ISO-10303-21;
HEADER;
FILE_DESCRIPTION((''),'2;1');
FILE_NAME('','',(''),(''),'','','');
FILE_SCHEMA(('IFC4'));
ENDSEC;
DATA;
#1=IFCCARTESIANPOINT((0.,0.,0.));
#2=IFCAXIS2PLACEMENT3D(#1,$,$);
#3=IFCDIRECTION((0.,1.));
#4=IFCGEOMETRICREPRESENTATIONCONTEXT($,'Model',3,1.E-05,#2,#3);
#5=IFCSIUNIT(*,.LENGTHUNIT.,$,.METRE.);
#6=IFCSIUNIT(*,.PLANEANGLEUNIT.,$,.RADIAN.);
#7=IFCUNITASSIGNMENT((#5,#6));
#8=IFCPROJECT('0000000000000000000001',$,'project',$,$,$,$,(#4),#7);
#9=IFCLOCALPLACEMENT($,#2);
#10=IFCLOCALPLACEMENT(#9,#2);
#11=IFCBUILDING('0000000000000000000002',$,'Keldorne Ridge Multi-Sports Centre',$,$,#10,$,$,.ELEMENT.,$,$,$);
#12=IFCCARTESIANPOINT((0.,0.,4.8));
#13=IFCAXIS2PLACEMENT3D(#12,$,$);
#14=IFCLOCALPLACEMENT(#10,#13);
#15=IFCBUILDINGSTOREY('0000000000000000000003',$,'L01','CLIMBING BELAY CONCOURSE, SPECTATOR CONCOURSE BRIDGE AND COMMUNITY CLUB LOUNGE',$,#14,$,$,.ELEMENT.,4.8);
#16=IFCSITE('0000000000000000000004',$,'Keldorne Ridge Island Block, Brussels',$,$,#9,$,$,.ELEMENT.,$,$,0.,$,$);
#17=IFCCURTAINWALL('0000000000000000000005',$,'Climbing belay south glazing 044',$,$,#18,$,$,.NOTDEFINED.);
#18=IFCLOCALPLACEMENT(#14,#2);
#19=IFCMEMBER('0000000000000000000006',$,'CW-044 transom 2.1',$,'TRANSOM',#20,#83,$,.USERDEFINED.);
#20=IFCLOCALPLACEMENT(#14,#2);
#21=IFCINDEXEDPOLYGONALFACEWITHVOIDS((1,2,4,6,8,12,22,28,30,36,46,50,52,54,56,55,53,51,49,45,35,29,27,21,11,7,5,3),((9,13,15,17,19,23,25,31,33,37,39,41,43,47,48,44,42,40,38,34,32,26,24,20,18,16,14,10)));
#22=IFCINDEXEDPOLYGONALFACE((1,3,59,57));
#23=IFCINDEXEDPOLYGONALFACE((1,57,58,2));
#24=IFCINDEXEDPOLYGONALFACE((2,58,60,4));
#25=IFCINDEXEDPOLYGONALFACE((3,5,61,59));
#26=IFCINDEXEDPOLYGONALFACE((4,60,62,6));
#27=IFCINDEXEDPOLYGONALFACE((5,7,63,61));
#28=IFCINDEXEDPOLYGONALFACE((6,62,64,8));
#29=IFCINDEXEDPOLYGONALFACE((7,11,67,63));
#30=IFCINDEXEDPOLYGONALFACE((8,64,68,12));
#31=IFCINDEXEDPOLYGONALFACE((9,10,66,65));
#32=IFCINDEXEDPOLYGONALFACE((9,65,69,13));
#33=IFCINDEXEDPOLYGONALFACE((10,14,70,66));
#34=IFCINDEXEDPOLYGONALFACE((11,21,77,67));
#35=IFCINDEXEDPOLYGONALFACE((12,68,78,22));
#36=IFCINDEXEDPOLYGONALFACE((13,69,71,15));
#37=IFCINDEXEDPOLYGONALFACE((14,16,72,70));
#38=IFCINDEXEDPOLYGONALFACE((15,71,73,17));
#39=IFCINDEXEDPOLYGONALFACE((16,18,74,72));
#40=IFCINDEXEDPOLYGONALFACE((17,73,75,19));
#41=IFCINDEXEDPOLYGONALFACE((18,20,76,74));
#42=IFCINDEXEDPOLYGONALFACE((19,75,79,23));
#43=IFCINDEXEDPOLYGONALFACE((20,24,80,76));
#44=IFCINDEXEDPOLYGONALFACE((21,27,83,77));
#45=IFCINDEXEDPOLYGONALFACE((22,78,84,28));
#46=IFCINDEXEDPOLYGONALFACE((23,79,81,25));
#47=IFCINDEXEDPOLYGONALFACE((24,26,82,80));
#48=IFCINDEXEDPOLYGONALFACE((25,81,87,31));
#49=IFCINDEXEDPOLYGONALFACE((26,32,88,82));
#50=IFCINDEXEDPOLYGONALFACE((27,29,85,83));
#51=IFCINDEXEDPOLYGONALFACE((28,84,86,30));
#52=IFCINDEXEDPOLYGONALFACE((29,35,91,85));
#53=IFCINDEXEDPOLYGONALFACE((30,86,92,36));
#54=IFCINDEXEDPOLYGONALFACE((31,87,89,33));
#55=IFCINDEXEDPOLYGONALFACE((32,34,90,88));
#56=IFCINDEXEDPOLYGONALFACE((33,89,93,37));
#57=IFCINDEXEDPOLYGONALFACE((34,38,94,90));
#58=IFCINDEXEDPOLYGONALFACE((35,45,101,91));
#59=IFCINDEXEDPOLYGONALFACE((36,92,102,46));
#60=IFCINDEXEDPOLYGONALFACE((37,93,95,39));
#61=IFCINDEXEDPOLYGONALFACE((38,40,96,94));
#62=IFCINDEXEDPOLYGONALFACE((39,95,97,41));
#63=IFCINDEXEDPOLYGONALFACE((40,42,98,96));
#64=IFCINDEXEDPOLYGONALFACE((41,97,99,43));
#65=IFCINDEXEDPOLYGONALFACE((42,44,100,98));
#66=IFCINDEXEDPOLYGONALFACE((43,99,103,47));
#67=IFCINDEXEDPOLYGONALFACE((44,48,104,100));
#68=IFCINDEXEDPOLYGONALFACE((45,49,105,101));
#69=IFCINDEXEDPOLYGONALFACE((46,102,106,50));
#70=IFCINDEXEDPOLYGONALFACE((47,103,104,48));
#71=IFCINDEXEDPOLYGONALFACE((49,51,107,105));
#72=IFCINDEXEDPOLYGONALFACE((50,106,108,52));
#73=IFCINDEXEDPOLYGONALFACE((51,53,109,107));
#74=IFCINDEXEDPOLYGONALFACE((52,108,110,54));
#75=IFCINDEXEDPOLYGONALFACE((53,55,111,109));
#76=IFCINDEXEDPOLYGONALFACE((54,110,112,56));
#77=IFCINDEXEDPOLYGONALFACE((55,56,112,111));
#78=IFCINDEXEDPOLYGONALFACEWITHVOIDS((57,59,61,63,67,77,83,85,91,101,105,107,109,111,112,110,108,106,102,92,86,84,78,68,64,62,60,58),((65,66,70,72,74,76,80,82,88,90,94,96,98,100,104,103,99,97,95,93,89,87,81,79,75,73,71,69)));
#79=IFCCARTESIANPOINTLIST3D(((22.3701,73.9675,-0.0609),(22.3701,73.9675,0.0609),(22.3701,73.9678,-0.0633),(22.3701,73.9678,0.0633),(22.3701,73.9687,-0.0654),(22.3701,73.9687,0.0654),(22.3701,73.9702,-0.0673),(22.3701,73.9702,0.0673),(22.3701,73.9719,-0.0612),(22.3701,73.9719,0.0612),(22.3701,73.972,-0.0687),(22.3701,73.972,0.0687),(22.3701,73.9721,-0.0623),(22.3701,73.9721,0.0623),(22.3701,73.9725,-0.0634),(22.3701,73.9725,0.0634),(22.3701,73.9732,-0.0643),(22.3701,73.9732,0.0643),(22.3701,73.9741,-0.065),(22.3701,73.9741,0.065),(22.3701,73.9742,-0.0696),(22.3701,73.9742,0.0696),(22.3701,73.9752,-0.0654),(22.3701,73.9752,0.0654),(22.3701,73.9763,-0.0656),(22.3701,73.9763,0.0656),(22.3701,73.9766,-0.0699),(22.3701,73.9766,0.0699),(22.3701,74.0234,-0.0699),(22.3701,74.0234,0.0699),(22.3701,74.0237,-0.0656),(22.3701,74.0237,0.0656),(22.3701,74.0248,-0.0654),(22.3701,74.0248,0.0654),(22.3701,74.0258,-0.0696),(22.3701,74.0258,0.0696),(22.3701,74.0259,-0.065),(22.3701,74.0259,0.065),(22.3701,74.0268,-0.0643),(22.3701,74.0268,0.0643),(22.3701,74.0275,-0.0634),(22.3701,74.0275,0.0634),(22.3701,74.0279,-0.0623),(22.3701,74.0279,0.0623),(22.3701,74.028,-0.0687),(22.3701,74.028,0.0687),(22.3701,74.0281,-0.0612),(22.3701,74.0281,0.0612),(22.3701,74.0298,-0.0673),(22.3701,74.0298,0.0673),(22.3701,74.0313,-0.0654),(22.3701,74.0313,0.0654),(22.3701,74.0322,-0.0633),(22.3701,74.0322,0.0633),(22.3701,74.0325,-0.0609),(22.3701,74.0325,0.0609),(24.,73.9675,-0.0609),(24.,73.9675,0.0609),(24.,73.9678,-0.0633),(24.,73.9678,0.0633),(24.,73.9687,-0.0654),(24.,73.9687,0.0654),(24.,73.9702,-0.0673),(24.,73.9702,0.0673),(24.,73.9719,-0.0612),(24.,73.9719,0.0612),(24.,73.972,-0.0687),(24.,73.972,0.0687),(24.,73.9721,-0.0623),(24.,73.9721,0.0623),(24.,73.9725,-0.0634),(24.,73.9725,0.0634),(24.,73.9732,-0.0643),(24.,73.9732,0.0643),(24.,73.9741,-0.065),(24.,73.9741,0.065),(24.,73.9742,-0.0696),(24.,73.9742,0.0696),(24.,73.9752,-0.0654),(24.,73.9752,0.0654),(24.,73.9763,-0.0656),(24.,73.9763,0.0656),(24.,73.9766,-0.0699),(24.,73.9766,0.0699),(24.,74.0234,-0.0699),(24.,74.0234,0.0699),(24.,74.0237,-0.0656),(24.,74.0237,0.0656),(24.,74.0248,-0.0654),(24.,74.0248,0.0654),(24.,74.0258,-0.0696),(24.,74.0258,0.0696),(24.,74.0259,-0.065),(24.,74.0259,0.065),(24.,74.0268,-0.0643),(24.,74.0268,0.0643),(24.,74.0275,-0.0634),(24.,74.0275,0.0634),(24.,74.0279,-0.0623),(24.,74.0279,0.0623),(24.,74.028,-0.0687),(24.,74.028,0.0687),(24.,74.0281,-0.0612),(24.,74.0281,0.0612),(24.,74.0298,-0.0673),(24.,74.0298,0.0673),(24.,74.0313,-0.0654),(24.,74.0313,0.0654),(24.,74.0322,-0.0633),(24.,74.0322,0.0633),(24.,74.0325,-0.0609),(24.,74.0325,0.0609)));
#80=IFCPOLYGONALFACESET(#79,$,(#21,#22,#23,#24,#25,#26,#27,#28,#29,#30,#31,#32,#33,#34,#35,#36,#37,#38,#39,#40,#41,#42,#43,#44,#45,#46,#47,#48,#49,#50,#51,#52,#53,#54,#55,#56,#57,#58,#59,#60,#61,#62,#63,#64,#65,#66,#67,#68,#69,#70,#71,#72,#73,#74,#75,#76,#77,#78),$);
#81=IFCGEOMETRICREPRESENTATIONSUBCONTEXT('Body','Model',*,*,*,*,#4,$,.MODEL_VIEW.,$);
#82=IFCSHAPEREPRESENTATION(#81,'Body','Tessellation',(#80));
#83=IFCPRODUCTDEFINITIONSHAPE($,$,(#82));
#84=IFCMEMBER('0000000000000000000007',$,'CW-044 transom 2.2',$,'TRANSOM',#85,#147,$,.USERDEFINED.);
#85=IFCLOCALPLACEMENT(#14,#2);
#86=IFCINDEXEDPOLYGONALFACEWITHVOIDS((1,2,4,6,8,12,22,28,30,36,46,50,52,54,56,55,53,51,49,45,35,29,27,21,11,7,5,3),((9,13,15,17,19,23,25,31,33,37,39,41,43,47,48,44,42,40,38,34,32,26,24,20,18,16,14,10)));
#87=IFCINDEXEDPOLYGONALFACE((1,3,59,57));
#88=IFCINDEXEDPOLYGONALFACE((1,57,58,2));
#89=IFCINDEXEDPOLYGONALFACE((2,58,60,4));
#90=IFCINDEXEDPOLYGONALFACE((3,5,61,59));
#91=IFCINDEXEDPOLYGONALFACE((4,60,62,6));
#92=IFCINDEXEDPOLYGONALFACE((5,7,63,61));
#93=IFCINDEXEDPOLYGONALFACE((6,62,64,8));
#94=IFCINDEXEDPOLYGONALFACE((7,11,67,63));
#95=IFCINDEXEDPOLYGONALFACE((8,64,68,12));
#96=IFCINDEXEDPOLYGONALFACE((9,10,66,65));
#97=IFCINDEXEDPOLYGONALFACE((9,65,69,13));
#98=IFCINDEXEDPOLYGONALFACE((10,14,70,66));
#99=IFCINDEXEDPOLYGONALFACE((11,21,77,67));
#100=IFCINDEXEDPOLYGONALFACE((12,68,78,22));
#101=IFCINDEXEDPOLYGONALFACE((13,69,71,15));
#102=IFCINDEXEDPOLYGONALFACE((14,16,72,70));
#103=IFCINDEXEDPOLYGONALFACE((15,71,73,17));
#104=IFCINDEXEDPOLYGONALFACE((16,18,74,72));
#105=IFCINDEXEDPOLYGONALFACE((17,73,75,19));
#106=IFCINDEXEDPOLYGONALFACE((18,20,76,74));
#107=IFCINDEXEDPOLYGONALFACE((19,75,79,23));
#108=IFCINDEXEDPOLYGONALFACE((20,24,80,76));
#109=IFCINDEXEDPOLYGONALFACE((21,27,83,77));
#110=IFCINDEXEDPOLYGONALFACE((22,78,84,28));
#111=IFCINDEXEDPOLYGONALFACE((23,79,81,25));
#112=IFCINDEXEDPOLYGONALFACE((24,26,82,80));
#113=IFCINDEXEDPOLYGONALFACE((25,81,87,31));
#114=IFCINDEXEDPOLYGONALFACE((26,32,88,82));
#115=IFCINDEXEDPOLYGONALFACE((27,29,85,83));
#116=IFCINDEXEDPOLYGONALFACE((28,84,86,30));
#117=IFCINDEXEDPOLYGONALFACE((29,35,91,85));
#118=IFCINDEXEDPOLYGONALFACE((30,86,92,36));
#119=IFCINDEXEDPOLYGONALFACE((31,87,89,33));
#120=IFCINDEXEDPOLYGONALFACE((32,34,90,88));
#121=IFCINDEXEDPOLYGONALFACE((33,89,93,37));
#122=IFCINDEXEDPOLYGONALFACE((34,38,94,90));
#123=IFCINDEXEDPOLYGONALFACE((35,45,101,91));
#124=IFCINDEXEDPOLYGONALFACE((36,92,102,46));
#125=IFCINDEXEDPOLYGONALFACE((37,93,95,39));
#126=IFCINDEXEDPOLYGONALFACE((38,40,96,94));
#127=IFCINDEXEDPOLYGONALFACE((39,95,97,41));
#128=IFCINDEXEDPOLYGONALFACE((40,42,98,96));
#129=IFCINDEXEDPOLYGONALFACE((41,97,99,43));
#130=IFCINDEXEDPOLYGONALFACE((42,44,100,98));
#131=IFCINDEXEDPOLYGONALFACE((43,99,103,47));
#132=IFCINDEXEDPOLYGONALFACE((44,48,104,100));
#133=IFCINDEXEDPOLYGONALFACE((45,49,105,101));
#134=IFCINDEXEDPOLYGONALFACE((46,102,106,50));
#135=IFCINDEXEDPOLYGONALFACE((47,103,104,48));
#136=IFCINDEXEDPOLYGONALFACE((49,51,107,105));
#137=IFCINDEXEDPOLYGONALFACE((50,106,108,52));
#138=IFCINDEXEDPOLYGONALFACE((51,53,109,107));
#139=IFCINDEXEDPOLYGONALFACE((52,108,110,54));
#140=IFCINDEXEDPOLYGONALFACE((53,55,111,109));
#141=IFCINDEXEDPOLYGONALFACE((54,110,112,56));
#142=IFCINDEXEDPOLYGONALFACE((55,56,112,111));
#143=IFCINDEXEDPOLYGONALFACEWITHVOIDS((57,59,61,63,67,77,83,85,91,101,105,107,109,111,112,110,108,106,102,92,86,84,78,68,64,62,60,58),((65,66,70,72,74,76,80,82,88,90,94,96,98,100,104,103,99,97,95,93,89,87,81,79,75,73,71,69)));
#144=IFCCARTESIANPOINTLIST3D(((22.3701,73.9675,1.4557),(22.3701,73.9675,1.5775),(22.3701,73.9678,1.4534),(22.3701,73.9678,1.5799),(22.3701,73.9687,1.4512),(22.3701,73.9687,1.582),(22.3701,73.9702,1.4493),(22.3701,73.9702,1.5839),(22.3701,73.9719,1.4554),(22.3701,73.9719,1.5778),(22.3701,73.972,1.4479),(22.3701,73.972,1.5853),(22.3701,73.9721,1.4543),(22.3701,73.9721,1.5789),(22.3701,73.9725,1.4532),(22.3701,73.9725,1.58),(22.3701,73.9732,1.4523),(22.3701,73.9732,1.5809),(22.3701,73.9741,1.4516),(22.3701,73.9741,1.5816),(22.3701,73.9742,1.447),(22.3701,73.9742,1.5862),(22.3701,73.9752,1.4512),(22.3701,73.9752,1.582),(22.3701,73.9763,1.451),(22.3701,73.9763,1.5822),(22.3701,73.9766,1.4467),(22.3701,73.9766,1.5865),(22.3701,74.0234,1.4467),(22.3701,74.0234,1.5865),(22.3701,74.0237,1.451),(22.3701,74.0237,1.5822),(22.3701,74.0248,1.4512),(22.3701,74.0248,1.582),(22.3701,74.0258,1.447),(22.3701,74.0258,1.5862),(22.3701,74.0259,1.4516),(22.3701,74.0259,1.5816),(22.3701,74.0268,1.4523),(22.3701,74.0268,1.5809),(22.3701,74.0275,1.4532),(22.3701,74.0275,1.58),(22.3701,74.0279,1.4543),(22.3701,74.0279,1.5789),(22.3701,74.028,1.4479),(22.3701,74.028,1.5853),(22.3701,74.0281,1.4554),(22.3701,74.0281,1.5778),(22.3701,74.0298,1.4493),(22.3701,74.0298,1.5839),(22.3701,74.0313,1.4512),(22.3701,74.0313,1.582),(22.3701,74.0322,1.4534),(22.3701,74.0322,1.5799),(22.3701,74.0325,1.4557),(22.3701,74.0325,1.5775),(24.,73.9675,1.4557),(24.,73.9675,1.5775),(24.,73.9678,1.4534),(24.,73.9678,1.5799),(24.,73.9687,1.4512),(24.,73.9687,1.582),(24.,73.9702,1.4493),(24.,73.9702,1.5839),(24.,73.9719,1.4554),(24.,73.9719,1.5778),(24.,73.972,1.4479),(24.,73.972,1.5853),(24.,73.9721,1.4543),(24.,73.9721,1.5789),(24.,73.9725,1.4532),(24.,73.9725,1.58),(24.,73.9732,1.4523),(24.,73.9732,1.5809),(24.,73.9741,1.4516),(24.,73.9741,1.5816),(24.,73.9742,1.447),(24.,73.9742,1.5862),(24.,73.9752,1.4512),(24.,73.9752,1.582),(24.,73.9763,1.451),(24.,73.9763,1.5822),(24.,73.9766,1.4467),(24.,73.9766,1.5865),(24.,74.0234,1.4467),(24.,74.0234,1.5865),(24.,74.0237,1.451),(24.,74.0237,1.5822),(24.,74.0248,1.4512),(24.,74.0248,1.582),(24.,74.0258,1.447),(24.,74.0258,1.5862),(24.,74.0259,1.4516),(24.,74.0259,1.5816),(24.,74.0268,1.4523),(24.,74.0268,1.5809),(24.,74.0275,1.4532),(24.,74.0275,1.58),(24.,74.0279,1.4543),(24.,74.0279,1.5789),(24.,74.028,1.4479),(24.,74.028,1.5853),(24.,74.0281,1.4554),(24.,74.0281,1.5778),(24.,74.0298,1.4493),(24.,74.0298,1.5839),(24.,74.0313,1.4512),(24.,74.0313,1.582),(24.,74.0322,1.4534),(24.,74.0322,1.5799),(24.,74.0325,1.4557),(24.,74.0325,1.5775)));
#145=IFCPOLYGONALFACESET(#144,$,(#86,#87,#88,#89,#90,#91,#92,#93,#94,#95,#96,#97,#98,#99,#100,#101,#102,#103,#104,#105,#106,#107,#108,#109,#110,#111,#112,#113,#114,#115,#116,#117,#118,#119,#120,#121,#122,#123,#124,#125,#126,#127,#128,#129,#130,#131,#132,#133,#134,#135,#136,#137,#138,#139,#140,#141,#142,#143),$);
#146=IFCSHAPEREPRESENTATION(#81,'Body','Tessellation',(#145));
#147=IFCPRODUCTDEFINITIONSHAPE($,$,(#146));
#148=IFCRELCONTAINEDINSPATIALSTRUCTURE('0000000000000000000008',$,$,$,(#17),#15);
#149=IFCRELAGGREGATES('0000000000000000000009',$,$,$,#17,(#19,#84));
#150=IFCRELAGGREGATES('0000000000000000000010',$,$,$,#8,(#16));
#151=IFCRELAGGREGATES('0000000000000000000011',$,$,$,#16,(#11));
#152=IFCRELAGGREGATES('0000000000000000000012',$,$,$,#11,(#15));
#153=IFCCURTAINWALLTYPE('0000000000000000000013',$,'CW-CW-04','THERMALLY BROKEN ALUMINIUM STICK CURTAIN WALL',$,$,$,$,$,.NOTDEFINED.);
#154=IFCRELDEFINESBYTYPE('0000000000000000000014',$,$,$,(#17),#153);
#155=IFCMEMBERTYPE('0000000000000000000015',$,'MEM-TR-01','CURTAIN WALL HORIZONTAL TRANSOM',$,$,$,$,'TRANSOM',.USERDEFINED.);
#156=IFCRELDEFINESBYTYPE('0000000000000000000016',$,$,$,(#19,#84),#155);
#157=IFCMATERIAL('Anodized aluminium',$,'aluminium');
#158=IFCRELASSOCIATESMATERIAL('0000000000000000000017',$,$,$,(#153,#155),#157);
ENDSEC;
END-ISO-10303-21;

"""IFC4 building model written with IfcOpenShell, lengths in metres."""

from ifc_helpers import new_model, si_unit, direction, frame, origin, origin_2d, place, context, subcontext, project, spatial, hollow_rectangle, extrude, material, material_profile, profile_set, type_object, element, aggregate, save


model = new_model("IFC4")

# Units and contexts
model_context = context("Model", 3, precision=1e-05, world=origin(), true_north=direction((0.0, 1.0)))
body_context = subcontext(model_context, "Body", "Model", "MODEL_VIEW")
ifc_project = project(units=[si_unit("LENGTHUNIT", "METRE"), si_unit("PLANEANGLEUNIT", "RADIAN")], contexts=[model_context])

# Site, building, storey
site_placement = place(None, origin())
site = spatial("IfcSite", under=ifc_project, at=site_placement, Name="Keldorne Ridge Island Block, Brussels", CompositionType="ELEMENT", RefElevation=0.0)
building_placement = place(site_placement, origin())
building = spatial("IfcBuilding", under=site, at=building_placement, Name="Keldorne Ridge Multi-Sports Centre", CompositionType="ELEMENT")
storey_placement = place(building_placement, frame((0.0, 0.0, 4.8)))
storey = spatial("IfcBuildingStorey", under=building, at=storey_placement, Name="L01", Description="CLIMBING BELAY CONCOURSE, SPECTATOR CONCOURSE BRIDGE AND COMMUNITY CLUB LOUNGE", CompositionType="ELEMENT", Elevation=4.8)

# Curtain wall
ifc_material_1 = material(Name="Anodized aluminium", Category="aluminium")
curtain_wall_type_1 = type_object("IfcCurtainWallType", Name="CW-CW-04", Description="THERMALLY BROKEN ALUMINIUM STICK CURTAIN WALL", PredefinedType="NOTDEFINED", material=ifc_material_1)
curtain_wall_1_placement = place(storey_placement, origin())
curtain_wall_1 = element("IfcCurtainWall", 1, at=curtain_wall_1_placement, inside=storey, type_object=curtain_wall_type_1, Name="Climbing belay south glazing 044", PredefinedType="NOTDEFINED")

# Members
ifc_material_profile_1 = material_profile(ifc_material_1, hollow_rectangle(XDim=0.0649, YDim=0.1399, WallThickness=0.0044, InnerFilletRadius=0.0044, OuterFilletRadius=0.009, at=origin_2d()), Name="ALU TRANSOM 140x65x4.5")
ifc_profile_set_1 = profile_set([ifc_material_profile_1], Name="Anodized aluminium")
member_type_1 = type_object("IfcMemberType", Name="MEM-TR-01", Description="CURTAIN WALL HORIZONTAL TRANSOM", ElementType="TRANSOM", PredefinedType="USERDEFINED", material=ifc_profile_set_1)
member_1_placement = place(storey_placement, frame((22.3701, 74.0, 0.0), z_axis=(1.0, 0.0, 0.0), x_axis=(0.0, 1.0, 0.0)))
member_1 = element("IfcMember", 2, at=member_1_placement, type_object=member_type_1, Name="CW-044 transom 2.1", ObjectType="TRANSOM", PredefinedType="USERDEFINED", context=body_context, shape_type="SweptSolid", body=[
    extrude(hollow_rectangle(XDim=0.0649, YDim=0.1399, WallThickness=0.0044, InnerFilletRadius=0.0044, OuterFilletRadius=0.009, at=origin_2d()), origin(), (0.0, 0.0, 1.0), 1.6299),
])
member_2_placement = place(storey_placement, frame((22.3701, 74.0, 1.5166), z_axis=(1.0, 0.0, 0.0), x_axis=(0.0, 1.0, 0.0)))
member_2 = element("IfcMember", 3, at=member_2_placement, type_object=member_type_1, Name="CW-044 transom 2.2", ObjectType="TRANSOM", PredefinedType="USERDEFINED", context=body_context, shape_type="SweptSolid", body=[
    extrude(hollow_rectangle(XDim=0.0649, YDim=0.1399, WallThickness=0.0044, InnerFilletRadius=0.0044, OuterFilletRadius=0.009, at=origin_2d()), origin(), (0.0, 0.0, 1.0), 1.6299),
])

aggregate(curtain_wall_1, [member_1, member_2])

save(model, "model.ifc")
